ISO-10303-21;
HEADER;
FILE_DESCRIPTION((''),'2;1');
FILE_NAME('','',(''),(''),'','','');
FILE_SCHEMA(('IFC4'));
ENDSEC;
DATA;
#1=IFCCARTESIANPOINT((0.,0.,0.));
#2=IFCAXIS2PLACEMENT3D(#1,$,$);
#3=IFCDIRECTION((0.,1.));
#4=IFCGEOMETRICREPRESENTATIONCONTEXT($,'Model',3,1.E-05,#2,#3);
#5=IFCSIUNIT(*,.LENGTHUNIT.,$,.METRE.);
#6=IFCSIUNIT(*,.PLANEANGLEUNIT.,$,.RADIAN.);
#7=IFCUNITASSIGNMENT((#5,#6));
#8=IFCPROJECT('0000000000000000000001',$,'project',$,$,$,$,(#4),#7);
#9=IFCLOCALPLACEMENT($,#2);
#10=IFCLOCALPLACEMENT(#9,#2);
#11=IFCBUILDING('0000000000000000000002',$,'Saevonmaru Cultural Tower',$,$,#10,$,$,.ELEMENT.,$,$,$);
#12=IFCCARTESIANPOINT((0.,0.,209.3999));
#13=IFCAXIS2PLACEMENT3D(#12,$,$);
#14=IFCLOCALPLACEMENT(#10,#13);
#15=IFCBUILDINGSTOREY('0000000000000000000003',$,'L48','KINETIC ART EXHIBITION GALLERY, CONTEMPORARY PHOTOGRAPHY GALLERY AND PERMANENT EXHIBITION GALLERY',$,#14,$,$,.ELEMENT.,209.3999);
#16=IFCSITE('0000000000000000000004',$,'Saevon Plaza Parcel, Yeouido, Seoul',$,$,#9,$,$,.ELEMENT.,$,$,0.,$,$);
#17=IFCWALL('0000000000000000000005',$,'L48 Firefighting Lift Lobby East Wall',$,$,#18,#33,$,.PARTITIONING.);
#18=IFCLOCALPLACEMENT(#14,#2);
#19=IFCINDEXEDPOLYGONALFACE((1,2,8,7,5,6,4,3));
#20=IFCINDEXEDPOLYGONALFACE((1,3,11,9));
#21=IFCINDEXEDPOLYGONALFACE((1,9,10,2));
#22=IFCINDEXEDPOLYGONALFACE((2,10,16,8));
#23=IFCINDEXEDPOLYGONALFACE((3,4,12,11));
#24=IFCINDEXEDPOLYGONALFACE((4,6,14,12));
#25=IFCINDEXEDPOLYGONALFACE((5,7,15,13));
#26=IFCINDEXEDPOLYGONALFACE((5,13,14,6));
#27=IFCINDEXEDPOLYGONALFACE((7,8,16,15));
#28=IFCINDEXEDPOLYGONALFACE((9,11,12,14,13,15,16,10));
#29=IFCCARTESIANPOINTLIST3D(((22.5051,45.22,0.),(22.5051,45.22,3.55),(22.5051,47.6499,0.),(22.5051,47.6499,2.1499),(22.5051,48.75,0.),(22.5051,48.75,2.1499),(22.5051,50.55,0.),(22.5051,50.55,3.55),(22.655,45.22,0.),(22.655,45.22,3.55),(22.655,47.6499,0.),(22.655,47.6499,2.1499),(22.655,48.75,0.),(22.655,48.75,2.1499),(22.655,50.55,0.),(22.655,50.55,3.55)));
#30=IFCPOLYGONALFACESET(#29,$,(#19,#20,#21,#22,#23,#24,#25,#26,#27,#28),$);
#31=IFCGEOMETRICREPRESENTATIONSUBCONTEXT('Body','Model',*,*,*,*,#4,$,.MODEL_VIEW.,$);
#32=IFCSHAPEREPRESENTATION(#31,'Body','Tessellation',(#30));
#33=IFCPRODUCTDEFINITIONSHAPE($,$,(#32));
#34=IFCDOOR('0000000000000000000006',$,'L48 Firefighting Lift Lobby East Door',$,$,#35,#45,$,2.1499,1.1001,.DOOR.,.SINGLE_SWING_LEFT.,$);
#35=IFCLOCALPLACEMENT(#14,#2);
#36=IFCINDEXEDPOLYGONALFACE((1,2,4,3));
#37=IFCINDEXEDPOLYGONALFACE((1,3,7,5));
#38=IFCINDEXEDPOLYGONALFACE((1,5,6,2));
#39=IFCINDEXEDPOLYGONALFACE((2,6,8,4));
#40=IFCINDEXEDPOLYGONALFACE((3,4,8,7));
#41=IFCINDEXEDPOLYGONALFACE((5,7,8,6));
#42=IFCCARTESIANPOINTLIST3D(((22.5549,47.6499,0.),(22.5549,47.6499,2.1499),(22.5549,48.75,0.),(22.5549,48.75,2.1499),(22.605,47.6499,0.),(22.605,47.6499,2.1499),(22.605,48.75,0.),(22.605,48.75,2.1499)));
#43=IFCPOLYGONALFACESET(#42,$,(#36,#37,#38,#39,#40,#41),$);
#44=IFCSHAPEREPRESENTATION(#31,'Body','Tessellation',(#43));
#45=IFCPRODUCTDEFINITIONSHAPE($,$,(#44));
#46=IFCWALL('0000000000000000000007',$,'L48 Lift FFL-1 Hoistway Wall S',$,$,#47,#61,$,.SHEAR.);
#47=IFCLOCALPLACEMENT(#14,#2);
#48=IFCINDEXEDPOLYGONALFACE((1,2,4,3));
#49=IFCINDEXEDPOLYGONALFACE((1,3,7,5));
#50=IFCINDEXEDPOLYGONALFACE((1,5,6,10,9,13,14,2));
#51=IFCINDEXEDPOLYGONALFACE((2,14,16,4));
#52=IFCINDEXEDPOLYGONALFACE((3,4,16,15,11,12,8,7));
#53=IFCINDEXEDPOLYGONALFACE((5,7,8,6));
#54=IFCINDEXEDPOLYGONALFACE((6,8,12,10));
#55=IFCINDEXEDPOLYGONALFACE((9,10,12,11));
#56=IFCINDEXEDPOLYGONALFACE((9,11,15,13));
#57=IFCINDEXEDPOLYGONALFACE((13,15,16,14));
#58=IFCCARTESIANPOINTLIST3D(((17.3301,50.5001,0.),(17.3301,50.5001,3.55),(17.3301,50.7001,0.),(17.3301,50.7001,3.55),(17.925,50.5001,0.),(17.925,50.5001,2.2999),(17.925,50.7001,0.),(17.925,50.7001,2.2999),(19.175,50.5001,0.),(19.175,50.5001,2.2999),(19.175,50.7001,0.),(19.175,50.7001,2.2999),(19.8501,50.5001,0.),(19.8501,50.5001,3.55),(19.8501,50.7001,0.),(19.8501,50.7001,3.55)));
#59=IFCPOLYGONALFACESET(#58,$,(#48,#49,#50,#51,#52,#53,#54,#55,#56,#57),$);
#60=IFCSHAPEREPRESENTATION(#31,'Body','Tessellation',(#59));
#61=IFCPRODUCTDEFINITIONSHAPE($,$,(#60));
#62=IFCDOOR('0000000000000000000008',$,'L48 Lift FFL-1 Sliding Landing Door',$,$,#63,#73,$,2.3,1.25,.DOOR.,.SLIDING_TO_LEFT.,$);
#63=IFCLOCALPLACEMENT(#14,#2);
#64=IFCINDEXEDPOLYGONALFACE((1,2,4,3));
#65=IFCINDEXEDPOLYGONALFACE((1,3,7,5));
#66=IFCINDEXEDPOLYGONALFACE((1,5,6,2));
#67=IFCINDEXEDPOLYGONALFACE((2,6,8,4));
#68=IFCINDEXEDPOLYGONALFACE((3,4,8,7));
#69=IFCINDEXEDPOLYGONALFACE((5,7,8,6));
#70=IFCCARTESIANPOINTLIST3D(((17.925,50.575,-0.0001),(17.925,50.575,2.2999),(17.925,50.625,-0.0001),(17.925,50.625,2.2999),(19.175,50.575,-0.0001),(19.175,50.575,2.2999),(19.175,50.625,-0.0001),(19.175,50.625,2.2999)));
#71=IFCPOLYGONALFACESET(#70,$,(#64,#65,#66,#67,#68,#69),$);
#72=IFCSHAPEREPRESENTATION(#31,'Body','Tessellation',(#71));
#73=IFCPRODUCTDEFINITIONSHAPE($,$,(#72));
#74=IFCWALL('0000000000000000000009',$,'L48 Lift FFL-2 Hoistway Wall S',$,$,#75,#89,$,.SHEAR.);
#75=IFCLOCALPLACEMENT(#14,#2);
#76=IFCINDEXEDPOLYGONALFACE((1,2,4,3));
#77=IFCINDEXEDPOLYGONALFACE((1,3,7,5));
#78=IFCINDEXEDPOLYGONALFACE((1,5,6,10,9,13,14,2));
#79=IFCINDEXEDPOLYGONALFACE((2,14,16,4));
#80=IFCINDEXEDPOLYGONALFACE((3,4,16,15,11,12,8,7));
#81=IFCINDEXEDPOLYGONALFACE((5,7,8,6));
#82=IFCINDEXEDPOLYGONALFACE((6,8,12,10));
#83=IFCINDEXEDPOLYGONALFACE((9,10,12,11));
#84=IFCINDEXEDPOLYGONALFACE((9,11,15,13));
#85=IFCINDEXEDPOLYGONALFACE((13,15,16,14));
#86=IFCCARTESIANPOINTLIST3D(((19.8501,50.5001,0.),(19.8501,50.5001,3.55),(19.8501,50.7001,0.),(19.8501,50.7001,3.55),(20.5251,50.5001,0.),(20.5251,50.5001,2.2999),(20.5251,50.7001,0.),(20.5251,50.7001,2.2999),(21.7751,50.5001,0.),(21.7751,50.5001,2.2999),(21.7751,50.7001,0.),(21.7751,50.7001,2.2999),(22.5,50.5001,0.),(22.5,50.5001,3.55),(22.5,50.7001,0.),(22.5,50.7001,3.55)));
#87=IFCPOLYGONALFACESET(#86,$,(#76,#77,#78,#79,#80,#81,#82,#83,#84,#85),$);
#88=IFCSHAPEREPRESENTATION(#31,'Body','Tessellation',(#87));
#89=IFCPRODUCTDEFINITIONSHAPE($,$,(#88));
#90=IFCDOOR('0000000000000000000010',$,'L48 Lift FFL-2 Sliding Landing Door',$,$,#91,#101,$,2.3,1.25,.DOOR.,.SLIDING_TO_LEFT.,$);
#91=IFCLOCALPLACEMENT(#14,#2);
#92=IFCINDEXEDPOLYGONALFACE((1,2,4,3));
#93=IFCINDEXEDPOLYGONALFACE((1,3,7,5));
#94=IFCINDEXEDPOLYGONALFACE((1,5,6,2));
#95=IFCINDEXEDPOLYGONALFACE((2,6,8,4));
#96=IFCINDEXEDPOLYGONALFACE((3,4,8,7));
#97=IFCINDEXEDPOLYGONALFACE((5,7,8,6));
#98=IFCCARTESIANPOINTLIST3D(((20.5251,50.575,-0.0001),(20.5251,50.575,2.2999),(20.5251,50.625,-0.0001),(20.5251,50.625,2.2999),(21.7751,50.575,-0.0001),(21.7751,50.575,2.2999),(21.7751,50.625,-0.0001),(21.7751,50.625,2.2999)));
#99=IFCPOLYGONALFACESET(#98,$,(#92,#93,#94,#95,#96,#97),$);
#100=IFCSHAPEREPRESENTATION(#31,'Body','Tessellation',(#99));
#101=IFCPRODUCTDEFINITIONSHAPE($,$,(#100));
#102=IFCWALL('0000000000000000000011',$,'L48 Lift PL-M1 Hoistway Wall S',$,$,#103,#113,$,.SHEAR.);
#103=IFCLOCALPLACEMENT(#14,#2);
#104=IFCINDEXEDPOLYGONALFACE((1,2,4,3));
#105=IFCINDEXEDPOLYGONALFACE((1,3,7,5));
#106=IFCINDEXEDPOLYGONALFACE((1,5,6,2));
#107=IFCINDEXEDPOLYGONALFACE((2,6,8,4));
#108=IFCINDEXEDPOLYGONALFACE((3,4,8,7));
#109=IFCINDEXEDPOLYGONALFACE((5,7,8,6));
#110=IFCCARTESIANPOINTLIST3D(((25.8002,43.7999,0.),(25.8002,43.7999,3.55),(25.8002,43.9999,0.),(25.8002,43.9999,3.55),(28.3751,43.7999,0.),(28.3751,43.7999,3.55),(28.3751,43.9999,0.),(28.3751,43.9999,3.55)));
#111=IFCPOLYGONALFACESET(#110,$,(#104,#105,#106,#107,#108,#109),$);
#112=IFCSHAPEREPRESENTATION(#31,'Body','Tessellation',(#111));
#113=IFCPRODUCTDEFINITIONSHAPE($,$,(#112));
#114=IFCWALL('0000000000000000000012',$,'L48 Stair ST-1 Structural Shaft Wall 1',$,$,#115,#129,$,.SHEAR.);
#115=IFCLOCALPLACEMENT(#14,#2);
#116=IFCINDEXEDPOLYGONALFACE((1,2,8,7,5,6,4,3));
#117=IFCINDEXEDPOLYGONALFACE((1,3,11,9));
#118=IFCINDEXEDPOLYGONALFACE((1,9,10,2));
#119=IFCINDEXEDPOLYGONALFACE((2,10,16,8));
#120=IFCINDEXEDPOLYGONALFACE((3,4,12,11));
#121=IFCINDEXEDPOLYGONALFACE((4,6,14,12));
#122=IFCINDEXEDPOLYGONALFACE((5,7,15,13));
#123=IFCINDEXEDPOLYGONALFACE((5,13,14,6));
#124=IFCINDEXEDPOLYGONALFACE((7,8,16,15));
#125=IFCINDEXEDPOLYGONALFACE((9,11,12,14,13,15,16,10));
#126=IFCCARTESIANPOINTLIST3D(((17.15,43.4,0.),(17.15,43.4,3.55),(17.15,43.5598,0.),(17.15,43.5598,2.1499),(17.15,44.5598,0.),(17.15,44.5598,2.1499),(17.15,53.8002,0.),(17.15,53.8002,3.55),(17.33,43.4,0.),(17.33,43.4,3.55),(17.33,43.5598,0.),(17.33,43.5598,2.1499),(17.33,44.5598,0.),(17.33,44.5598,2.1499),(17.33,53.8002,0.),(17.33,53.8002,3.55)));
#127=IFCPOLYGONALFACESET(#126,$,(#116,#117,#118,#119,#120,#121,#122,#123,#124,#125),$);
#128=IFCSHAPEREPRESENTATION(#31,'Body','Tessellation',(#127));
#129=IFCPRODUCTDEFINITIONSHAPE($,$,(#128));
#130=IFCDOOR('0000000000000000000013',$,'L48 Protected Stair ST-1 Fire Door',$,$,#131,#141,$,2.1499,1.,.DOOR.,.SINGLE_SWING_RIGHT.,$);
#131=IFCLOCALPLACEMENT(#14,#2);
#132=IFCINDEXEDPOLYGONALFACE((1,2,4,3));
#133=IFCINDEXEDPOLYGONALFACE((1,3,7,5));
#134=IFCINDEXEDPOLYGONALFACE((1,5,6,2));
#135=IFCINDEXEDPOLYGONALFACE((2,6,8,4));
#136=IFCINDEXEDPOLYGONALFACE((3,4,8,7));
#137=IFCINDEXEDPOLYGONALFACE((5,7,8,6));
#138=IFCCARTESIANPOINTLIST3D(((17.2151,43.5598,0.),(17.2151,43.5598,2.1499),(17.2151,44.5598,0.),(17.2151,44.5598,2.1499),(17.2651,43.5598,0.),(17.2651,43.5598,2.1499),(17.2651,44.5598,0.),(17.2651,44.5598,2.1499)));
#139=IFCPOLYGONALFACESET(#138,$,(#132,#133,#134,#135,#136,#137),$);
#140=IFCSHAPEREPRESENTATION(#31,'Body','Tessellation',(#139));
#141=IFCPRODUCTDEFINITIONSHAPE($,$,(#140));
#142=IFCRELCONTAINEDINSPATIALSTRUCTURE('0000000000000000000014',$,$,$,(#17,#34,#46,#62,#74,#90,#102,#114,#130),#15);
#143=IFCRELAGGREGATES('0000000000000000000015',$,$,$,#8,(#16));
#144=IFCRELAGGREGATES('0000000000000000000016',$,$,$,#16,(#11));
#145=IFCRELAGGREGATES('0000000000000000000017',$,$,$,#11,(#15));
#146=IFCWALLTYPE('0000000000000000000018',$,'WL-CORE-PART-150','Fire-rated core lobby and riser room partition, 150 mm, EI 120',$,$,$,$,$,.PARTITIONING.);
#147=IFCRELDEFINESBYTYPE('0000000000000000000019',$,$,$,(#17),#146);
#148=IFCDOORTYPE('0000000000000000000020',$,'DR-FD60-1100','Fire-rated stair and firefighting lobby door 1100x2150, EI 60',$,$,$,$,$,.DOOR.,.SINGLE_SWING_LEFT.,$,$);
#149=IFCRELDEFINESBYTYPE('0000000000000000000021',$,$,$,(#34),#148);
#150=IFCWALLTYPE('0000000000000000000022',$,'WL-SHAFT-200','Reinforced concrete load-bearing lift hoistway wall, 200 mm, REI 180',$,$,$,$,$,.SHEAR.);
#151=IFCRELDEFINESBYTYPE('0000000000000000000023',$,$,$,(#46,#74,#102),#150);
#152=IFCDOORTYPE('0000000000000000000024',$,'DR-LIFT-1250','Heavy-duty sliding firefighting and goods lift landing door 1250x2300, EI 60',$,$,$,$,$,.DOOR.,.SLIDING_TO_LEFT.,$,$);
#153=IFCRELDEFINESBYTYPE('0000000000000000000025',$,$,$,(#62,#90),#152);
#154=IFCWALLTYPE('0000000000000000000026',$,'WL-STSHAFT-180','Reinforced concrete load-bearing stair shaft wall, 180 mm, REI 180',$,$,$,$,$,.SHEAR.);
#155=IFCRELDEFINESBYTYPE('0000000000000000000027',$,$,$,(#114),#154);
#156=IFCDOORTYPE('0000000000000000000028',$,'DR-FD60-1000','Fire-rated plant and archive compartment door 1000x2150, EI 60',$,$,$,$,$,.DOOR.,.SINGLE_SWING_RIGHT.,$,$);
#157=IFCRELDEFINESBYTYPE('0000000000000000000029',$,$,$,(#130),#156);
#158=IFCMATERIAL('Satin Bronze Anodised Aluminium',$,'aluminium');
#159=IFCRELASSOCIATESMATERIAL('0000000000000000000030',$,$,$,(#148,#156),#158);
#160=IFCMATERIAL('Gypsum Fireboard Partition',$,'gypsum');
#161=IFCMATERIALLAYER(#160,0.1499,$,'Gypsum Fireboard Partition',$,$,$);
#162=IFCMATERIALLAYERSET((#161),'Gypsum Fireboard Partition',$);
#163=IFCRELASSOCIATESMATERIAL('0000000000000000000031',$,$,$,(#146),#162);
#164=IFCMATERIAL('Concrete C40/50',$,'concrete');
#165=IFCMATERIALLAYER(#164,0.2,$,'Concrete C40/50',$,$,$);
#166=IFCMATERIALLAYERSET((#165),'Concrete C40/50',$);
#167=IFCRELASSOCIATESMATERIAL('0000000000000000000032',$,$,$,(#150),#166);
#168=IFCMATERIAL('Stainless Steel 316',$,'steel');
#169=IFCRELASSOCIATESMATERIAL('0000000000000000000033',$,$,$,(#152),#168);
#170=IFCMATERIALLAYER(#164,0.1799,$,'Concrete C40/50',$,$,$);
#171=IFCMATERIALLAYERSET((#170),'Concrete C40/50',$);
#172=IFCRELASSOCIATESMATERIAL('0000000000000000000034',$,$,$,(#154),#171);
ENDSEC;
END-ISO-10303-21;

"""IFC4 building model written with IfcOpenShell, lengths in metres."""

from ifc_helpers import new_model, si_unit, direction, frame, frame_2d, origin, place, context, subcontext, project, spatial, rectangle, extrude, material, layer, layer_set, type_object, element, fill, save


model = new_model("IFC4")

# Units and contexts
model_context = context("Model", 3, precision=1e-05, world=origin(), true_north=direction((0.0, 1.0)))
body_context = subcontext(model_context, "Body", "Model", "MODEL_VIEW")
ifc_project = project(units=[si_unit("LENGTHUNIT", "METRE"), si_unit("PLANEANGLEUNIT", "RADIAN")], contexts=[model_context])

# Site, building, storey
site_placement = place(None, origin())
site = spatial("IfcSite", under=ifc_project, at=site_placement, Name="Saevon Plaza Parcel, Yeouido, Seoul", CompositionType="ELEMENT", RefElevation=0.0)
building_placement = place(site_placement, origin())
building = spatial("IfcBuilding", under=site, at=building_placement, Name="Saevonmaru Cultural Tower", CompositionType="ELEMENT")
storey_placement = place(building_placement, frame((0.0, 0.0, 209.3999)))
storey = spatial("IfcBuildingStorey", under=building, at=storey_placement, Name="L48", Description="KINETIC ART EXHIBITION GALLERY, CONTEMPORARY PHOTOGRAPHY GALLERY AND PERMANENT EXHIBITION GALLERY", CompositionType="ELEMENT", Elevation=209.3999)

# Shared definitions
ifc_material_1 = material(Name="Satin Bronze Anodised Aluminium", Category="aluminium")
door_type_1 = type_object("IfcDoorType", Name="DR-FD60-1100", Description="Fire-rated stair and firefighting lobby door 1100x2150, EI 60", OperationType="SINGLE_SWING_LEFT", PredefinedType="DOOR", material=ifc_material_1)

# Walls, openings, doors
ifc_material_2 = material(Name="Gypsum Fireboard Partition", Category="gypsum")
ifc_layer_1 = layer(ifc_material_2, 0.1499, Name="Gypsum Fireboard Partition")
ifc_layer_set_1 = layer_set([ifc_layer_1], Name="Gypsum Fireboard Partition")
wall_type_1 = type_object("IfcWallType", Name="WL-CORE-PART-150", Description="Fire-rated core lobby and riser room partition, 150 mm, EI 120", PredefinedType="PARTITIONING", material=ifc_layer_set_1)
wall_1_placement = place(storey_placement, frame((22.5801, 50.55, 0.0), z_axis=(0.0, 0.0, 1.0), x_axis=(0.0, -1.0, 0.0)))
wall_1 = element("IfcWall", 1, at=wall_1_placement, inside=storey, type_object=wall_type_1, Name="L48 Firefighting Lift Lobby East Wall", PredefinedType="PARTITIONING", context=body_context, shape_type="SweptSolid", body=[
    extrude(rectangle(XDim=5.3301, YDim=0.1499, at=frame_2d((2.665, 0.0))), origin(), (0.0, 0.0, 1.0), 3.55),
])
opening_1_placement = place(wall_1_placement, frame((1.8, 0.0, 0.0)))
opening_1 = element("IfcOpeningElement", 2, at=opening_1_placement, cuts=wall_1, PredefinedType="OPENING", context=body_context, shape_type="SweptSolid", body=[
    extrude(rectangle(XDim=1.1001, YDim=2.1499, at=frame_2d((0.55, 1.075))), frame((0.0, 0.085, 0.0), z_axis=(0.0, -1.0, 0.0), x_axis=(1.0, 0.0, 0.0)), (0.0, 0.0, 1.0), 0.1699),
])
door_1_placement = place(opening_1_placement, origin())
door_1 = element("IfcDoor", 3, at=door_1_placement, inside=storey, type_object=door_type_1, Name="L48 Firefighting Lift Lobby East Door", OperationType="SINGLE_SWING_LEFT", OverallHeight=2.1499, OverallWidth=1.1001, PredefinedType="DOOR", context=body_context, shape_type="SweptSolid", body=[
    extrude(rectangle(XDim=1.1001, YDim=2.1499, at=frame_2d((0.55, 1.075))), frame((0.0, 0.0249, 0.0), z_axis=(0.0, -1.0, 0.0), x_axis=(1.0, 0.0, 0.0)), (0.0, 0.0, 1.0), 0.05),
])
fill(opening_1, door_1)
ifc_material_3 = material(Name="Concrete C40/50", Category="concrete")
ifc_layer_2 = layer(ifc_material_3, 0.2, Name="Concrete C40/50")
ifc_layer_set_2 = layer_set([ifc_layer_2], Name="Concrete C40/50")
wall_type_2 = type_object("IfcWallType", Name="WL-SHAFT-200", Description="Reinforced concrete load-bearing lift hoistway wall, 200 mm, REI 180", PredefinedType="SHEAR", material=ifc_layer_set_2)
wall_2_placement = place(storey_placement, frame((17.3301, 50.6001, 0.0), z_axis=(0.0, 0.0, 1.0), x_axis=(1.0, 0.0, 0.0)))
wall_2 = element("IfcWall", 4, at=wall_2_placement, inside=storey, type_object=wall_type_2, Name="L48 Lift FFL-1 Hoistway Wall S", PredefinedType="SHEAR", context=body_context, shape_type="SweptSolid", body=[
    extrude(rectangle(XDim=2.52, YDim=0.2, at=frame_2d((1.26, 0.0))), origin(), (0.0, 0.0, 1.0), 3.55),
])
opening_2_placement = place(wall_2_placement, frame((0.595, 0.0, 0.0)))
opening_2 = element("IfcOpeningElement", 5, at=opening_2_placement, cuts=wall_2, PredefinedType="OPENING", context=body_context, shape_type="SweptSolid", body=[
    extrude(rectangle(XDim=1.25, YDim=2.3, at=frame_2d((0.625, 1.1499))), frame((0.0, 0.1099, 0.0), z_axis=(0.0, -1.0, 0.0), x_axis=(1.0, 0.0, 0.0)), (0.0, 0.0, 1.0), 0.22),
])
ifc_material_4 = material(Name="Stainless Steel 316", Category="steel")
door_type_2 = type_object("IfcDoorType", Name="DR-LIFT-1250", Description="Heavy-duty sliding firefighting and goods lift landing door 1250x2300, EI 60", OperationType="SLIDING_TO_LEFT", PredefinedType="DOOR", material=ifc_material_4)
door_2_placement = place(opening_2_placement, origin())
door_2 = element("IfcDoor", 6, at=door_2_placement, inside=storey, type_object=door_type_2, Name="L48 Lift FFL-1 Sliding Landing Door", OperationType="SLIDING_TO_LEFT", OverallHeight=2.3, OverallWidth=1.25, PredefinedType="DOOR", context=body_context, shape_type="SweptSolid", body=[
    extrude(rectangle(XDim=1.25, YDim=2.3, at=frame_2d((0.625, 1.1499))), frame((0.0, 0.0249, 0.0), z_axis=(0.0, -1.0, 0.0), x_axis=(1.0, 0.0, 0.0)), (0.0, 0.0, 1.0), 0.05),
])
fill(opening_2, door_2)
wall_3_placement = place(storey_placement, frame((19.8501, 50.6001, 0.0), z_axis=(0.0, 0.0, 1.0), x_axis=(1.0, 0.0, 0.0)))
wall_3 = element("IfcWall", 7, at=wall_3_placement, inside=storey, type_object=wall_type_2, Name="L48 Lift FFL-2 Hoistway Wall S", PredefinedType="SHEAR", context=body_context, shape_type="SweptSolid", body=[
    extrude(rectangle(XDim=2.6499, YDim=0.2, at=frame_2d((1.325, 0.0))), origin(), (0.0, 0.0, 1.0), 3.55),
])
opening_3_placement = place(wall_3_placement, frame((0.675, 0.0, 0.0)))
opening_3 = element("IfcOpeningElement", 8, at=opening_3_placement, cuts=wall_3, PredefinedType="OPENING", context=body_context, shape_type="SweptSolid", body=[
    extrude(rectangle(XDim=1.25, YDim=2.3, at=frame_2d((0.625, 1.1499))), frame((0.0, 0.1099, 0.0), z_axis=(0.0, -1.0, 0.0), x_axis=(1.0, 0.0, 0.0)), (0.0, 0.0, 1.0), 0.22),
])
door_3_placement = place(opening_3_placement, origin())
door_3 = element("IfcDoor", 9, at=door_3_placement, inside=storey, type_object=door_type_2, Name="L48 Lift FFL-2 Sliding Landing Door", OperationType="SLIDING_TO_LEFT", OverallHeight=2.3, OverallWidth=1.25, PredefinedType="DOOR", context=body_context, shape_type="SweptSolid", body=[
    extrude(rectangle(XDim=1.25, YDim=2.3, at=frame_2d((0.625, 1.1499))), frame((0.0, 0.0249, 0.0), z_axis=(0.0, -1.0, 0.0), x_axis=(1.0, 0.0, 0.0)), (0.0, 0.0, 1.0), 0.05),
])
fill(opening_3, door_3)

# Wall
wall_4_placement = place(storey_placement, frame((25.8, 43.8999, 0.0), z_axis=(0.0, 0.0, 1.0), x_axis=(1.0, 0.0, 0.0)))
element("IfcWall", 10, at=wall_4_placement, inside=storey, type_object=wall_type_2, Name="L48 Lift PL-M1 Hoistway Wall S", PredefinedType="SHEAR", context=body_context, shape_type="SweptSolid", body=[
    extrude(rectangle(XDim=2.575, YDim=0.2, at=frame_2d((1.2876, 0.0))), origin(), (0.0, 0.0, 1.0), 3.55),
])

# Wall, opening, door
ifc_layer_3 = layer(ifc_material_3, 0.1799, Name="Concrete C40/50")
ifc_layer_set_3 = layer_set([ifc_layer_3], Name="Concrete C40/50")
wall_type_3 = type_object("IfcWallType", Name="WL-STSHAFT-180", Description="Reinforced concrete load-bearing stair shaft wall, 180 mm, REI 180", PredefinedType="SHEAR", material=ifc_layer_set_3)
wall_5_placement = place(storey_placement, frame((17.24, 43.3999, 0.0), z_axis=(0.0, 0.0, 1.0), x_axis=(0.0, 1.0, 0.0)))
wall_5 = element("IfcWall", 11, at=wall_5_placement, inside=storey, type_object=wall_type_3, Name="L48 Stair ST-1 Structural Shaft Wall 1", PredefinedType="SHEAR", context=body_context, shape_type="SweptSolid", body=[
    extrude(rectangle(XDim=10.4001, YDim=0.1799, at=frame_2d((5.2002, 0.0))), origin(), (0.0, 0.0, 1.0), 3.55),
])
opening_4_placement = place(wall_5_placement, frame((0.1599, 0.0, 0.0)))
opening_4 = element("IfcOpeningElement", 12, at=opening_4_placement, cuts=wall_5, PredefinedType="OPENING", context=body_context, shape_type="SweptSolid", body=[
    extrude(rectangle(XDim=1.0, YDim=2.1499, at=frame_2d((0.5, 1.075))), frame((0.0, 0.1001, 0.0), z_axis=(0.0, -1.0, 0.0), x_axis=(1.0, 0.0, 0.0)), (0.0, 0.0, 1.0), 0.2),
])
door_type_3 = type_object("IfcDoorType", Name="DR-FD60-1000", Description="Fire-rated plant and archive compartment door 1000x2150, EI 60", OperationType="SINGLE_SWING_RIGHT", PredefinedType="DOOR", material=ifc_material_1)
door_4_placement = place(opening_4_placement, origin())
door_4 = element("IfcDoor", 13, at=door_4_placement, inside=storey, type_object=door_type_3, Name="L48 Protected Stair ST-1 Fire Door", OperationType="SINGLE_SWING_RIGHT", OverallHeight=2.1499, OverallWidth=1.0, PredefinedType="DOOR", context=body_context, shape_type="SweptSolid", body=[
    extrude(rectangle(XDim=1.0, YDim=2.1499, at=frame_2d((0.5, 1.075))), frame((0.0, 0.0249, 0.0), z_axis=(0.0, -1.0, 0.0), x_axis=(1.0, 0.0, 0.0)), (0.0, 0.0, 1.0), 0.05),
])
fill(opening_4, door_4)

save(model, "model.ifc")
